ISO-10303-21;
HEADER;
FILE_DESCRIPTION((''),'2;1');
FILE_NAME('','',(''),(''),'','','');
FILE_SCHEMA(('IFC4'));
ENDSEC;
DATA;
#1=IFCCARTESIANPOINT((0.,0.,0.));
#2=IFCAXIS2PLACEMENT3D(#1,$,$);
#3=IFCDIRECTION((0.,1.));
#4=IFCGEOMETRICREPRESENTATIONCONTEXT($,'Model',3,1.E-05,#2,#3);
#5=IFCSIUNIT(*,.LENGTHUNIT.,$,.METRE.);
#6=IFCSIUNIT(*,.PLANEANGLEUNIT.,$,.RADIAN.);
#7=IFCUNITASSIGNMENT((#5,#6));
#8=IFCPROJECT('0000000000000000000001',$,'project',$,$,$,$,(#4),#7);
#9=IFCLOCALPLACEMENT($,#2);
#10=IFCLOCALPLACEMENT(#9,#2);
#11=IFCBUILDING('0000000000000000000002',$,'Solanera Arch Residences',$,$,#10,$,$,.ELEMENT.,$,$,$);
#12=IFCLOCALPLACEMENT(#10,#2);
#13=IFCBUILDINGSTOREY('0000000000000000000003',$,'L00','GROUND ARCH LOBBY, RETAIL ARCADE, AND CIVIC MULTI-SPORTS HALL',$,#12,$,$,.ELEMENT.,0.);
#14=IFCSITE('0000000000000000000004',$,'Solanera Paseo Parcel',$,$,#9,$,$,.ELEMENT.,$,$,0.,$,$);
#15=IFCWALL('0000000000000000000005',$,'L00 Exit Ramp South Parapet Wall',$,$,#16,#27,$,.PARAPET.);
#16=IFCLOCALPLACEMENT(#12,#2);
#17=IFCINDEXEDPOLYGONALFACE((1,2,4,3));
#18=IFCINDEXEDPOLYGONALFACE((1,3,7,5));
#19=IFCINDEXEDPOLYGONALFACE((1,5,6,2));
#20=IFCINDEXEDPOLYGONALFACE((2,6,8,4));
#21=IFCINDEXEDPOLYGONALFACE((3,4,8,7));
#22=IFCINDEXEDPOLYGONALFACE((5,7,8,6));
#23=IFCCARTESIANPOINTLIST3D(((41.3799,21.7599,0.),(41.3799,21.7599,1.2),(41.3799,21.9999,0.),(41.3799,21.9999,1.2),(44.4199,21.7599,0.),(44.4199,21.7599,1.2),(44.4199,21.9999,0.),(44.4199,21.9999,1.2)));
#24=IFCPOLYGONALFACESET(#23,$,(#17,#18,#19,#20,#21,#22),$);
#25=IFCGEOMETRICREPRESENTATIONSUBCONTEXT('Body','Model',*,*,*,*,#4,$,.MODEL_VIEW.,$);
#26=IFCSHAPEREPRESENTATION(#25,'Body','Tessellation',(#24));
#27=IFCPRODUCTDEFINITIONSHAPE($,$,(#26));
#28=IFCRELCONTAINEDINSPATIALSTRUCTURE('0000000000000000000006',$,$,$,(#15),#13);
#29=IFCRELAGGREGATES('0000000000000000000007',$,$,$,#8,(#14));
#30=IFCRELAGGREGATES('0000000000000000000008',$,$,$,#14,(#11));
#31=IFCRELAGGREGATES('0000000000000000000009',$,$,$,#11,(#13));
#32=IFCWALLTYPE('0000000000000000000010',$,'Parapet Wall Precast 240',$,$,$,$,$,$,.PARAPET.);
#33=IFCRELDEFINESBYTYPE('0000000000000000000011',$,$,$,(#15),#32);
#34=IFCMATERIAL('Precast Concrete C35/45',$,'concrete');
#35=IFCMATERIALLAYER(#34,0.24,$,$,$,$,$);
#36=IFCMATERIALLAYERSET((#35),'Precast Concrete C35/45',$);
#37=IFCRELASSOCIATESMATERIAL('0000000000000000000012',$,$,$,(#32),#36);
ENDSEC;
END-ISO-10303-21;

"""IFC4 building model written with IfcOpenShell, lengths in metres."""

from ifc_helpers import new_model, si_unit, direction, frame, frame_2d, origin, place, context, subcontext, project, spatial, rectangle, extrude, material, layer, layer_set, type_object, element, save


model = new_model("IFC4")

# Units and contexts
model_context = context("Model", 3, precision=1e-05, world=origin(), true_north=direction((0.0, 1.0)))
body_context = subcontext(model_context, "Body", "Model", "MODEL_VIEW")
ifc_project = project(units=[si_unit("LENGTHUNIT", "METRE"), si_unit("PLANEANGLEUNIT", "RADIAN")], contexts=[model_context])

# Site, building, storey
site_placement = place(None, origin())
site = spatial("IfcSite", under=ifc_project, at=site_placement, Name="Solanera Paseo Parcel", CompositionType="ELEMENT", RefElevation=0.0)
building_placement = place(site_placement, origin())
building = spatial("IfcBuilding", under=site, at=building_placement, Name="Solanera Arch Residences", CompositionType="ELEMENT")
storey_placement = place(building_placement, origin())
storey = spatial("IfcBuildingStorey", under=building, at=storey_placement, Name="L00", Description="GROUND ARCH LOBBY, RETAIL ARCADE, AND CIVIC MULTI-SPORTS HALL", CompositionType="ELEMENT", Elevation=0.0)

# Wall
ifc_material_1 = material(Name="Precast Concrete C35/45", Category="concrete")
ifc_layer_1 = layer(ifc_material_1, 0.24)
ifc_layer_set_1 = layer_set([ifc_layer_1], Name="Precast Concrete C35/45")
wall_type_1 = type_object("IfcWallType", Name="Parapet Wall Precast 240", PredefinedType="PARAPET", material=ifc_layer_set_1)
wall_1_placement = place(storey_placement, frame((41.3799, 21.8799, 0.0), z_axis=(0.0, 0.0, 1.0), x_axis=(1.0, 0.0, 0.0)))
element("IfcWall", 1, at=wall_1_placement, inside=storey, type_object=wall_type_1, Name="L00 Exit Ramp South Parapet Wall", PredefinedType="PARAPET", context=body_context, shape_type="SweptSolid", body=[
    extrude(rectangle(XDim=3.04, YDim=0.24, at=frame_2d((1.52, 0.0))), origin(), (0.0, 0.0, 1.0), 1.2),
])

save(model, "model.ifc")
